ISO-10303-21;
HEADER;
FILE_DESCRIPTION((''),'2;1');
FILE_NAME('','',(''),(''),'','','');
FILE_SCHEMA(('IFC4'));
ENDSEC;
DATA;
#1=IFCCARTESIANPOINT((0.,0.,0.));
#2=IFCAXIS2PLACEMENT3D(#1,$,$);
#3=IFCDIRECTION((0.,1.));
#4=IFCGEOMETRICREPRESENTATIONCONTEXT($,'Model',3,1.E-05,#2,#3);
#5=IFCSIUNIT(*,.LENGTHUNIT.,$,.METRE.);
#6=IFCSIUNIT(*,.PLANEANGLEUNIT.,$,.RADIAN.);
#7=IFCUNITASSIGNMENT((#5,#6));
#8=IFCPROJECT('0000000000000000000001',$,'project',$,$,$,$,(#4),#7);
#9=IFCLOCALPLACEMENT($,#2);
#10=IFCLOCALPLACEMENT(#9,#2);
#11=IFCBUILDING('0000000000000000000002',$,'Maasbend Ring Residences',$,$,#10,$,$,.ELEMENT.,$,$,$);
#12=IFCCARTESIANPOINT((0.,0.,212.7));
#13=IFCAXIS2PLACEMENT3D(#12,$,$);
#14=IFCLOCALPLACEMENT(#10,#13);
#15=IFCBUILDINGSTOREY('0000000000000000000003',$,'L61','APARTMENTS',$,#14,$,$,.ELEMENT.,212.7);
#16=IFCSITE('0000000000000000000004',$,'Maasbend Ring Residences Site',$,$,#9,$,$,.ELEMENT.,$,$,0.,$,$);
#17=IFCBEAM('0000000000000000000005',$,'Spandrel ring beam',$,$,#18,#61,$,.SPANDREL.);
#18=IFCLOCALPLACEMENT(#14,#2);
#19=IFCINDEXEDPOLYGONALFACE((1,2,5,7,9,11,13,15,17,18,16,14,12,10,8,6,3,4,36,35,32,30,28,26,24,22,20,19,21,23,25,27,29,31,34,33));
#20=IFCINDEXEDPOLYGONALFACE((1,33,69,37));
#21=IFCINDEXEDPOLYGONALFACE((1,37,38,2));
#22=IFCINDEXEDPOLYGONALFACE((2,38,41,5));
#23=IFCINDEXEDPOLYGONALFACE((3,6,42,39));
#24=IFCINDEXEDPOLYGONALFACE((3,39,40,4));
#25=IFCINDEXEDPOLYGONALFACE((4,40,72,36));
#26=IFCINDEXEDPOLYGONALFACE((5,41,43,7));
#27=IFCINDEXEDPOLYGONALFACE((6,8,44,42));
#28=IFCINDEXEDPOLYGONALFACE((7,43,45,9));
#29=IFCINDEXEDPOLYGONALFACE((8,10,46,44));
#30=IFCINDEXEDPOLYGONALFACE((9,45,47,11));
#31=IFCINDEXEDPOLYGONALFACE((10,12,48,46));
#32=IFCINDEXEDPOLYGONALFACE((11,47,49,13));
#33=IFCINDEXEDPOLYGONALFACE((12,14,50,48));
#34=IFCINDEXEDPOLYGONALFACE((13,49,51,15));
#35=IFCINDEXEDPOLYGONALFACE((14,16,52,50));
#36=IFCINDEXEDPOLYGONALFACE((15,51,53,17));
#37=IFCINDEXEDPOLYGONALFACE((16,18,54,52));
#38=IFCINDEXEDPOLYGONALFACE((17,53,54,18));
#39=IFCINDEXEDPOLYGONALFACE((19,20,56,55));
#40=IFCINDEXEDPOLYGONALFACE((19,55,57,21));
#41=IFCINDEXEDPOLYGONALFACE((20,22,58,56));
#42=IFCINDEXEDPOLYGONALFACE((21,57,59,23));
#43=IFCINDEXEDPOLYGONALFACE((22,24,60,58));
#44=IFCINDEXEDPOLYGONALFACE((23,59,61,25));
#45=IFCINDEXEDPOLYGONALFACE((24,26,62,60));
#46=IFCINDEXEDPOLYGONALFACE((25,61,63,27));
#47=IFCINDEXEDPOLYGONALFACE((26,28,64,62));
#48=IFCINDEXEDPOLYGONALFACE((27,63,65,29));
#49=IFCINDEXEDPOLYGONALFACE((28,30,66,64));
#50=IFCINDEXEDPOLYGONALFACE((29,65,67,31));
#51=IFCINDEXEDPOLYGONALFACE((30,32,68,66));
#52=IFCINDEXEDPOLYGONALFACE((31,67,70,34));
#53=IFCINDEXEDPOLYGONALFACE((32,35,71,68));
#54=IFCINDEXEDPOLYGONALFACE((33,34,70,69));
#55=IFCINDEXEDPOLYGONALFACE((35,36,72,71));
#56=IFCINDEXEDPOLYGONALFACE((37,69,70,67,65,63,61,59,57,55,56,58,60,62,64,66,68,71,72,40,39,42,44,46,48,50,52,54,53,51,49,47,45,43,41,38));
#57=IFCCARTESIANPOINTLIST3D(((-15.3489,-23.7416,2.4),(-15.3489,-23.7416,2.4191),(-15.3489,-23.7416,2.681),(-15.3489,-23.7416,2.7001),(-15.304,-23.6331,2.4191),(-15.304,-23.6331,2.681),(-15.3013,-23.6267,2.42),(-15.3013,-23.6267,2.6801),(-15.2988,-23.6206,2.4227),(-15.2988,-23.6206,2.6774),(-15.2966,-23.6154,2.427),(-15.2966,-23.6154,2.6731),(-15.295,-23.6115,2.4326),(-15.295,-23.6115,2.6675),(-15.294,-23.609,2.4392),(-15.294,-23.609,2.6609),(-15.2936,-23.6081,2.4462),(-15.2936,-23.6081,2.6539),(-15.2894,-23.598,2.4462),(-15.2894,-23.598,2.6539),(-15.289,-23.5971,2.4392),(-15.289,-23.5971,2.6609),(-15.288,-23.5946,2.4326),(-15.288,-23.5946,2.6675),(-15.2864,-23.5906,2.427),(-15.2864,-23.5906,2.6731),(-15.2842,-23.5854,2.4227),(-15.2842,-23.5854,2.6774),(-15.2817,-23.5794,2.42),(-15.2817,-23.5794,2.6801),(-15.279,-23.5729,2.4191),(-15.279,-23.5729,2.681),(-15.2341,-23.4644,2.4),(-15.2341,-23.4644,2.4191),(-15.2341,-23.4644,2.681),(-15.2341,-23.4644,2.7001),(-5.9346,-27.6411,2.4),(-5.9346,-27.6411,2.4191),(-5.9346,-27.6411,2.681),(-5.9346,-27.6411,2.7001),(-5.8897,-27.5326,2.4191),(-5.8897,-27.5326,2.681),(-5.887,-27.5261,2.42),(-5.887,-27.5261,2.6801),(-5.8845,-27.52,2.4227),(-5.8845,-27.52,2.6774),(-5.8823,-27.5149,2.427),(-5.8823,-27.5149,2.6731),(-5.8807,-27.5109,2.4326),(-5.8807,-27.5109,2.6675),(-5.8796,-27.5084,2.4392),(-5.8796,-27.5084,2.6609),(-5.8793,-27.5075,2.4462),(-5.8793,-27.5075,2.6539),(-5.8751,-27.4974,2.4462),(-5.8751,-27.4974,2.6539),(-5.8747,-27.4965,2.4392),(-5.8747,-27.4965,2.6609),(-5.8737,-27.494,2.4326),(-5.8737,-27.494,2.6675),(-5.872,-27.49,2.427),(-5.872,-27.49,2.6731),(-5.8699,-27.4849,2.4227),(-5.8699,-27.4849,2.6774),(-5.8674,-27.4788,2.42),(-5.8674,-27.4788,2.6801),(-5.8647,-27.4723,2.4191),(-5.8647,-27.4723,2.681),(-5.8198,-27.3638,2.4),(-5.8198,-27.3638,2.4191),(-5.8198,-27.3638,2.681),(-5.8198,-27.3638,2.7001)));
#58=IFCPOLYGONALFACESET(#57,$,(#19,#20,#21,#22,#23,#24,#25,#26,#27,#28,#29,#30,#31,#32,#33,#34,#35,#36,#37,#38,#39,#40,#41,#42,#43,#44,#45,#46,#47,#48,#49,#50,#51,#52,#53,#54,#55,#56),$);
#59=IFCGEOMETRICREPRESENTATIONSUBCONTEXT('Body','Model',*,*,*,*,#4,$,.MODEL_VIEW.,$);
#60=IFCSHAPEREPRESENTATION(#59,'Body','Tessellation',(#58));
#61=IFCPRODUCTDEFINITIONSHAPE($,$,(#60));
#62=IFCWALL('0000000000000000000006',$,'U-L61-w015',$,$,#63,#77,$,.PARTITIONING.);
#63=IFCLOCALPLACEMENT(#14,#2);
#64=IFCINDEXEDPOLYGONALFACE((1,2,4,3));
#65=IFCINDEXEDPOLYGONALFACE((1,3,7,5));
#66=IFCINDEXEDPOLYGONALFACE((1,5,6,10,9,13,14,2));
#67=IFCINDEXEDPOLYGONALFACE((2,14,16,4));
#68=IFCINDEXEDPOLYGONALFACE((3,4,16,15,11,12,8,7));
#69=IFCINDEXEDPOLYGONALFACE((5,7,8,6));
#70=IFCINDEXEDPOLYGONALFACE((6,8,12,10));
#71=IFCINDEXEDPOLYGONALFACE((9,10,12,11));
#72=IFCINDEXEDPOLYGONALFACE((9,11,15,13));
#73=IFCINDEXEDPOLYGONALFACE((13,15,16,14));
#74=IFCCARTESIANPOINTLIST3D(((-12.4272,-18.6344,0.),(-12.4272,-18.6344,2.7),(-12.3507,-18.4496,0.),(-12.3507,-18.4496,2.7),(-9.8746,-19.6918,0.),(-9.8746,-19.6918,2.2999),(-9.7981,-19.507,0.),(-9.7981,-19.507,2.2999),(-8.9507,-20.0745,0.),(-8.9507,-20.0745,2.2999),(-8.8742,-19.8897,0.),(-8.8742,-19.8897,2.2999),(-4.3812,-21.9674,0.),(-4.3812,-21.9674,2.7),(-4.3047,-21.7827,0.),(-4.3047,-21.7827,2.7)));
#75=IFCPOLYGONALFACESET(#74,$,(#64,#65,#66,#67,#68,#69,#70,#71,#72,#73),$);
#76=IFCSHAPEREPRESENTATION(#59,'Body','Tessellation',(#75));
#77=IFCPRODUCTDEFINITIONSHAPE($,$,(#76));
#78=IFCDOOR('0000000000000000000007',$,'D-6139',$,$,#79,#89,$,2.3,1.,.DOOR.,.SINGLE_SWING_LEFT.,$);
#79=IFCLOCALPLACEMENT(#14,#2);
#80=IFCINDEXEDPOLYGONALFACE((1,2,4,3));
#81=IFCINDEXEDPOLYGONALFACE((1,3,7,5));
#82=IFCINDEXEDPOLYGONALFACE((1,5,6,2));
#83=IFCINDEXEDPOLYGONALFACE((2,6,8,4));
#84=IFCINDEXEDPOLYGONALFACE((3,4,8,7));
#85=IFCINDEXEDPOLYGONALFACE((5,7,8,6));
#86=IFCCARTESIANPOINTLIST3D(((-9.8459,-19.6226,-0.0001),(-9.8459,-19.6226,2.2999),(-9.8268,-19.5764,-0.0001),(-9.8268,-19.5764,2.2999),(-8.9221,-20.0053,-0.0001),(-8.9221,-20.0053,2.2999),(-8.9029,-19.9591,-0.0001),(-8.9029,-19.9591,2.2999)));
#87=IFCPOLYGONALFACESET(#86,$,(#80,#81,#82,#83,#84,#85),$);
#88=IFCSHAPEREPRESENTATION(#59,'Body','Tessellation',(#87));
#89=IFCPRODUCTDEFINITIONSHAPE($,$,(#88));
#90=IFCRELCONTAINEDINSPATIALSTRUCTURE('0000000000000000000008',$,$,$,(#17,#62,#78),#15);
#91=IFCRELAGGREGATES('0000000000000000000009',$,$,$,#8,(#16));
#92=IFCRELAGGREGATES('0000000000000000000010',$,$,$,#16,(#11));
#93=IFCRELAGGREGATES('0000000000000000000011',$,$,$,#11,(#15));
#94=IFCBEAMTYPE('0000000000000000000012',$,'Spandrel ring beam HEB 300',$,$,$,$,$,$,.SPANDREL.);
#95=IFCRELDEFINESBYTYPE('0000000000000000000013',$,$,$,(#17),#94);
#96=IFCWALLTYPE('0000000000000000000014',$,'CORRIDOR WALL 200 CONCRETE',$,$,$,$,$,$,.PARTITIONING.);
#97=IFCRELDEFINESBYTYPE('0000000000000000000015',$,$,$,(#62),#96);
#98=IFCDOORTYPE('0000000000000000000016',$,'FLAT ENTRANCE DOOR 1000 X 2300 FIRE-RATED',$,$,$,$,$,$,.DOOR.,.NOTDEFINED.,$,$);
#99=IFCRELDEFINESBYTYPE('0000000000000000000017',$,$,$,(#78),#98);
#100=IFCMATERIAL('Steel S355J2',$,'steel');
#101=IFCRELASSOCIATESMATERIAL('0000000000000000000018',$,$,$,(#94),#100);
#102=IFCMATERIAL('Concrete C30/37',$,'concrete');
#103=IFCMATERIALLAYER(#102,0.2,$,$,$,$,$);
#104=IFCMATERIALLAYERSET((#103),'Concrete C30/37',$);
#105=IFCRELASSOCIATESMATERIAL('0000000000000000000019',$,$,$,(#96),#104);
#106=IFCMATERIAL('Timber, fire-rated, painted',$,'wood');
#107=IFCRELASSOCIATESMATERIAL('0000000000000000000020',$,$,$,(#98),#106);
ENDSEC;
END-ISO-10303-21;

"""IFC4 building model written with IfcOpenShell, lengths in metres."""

from ifc_helpers import new_model, si_unit, direction, frame, frame_2d, origin, origin_2d, place, context, subcontext, project, spatial, rectangle, i_section, extrude, material, layer, layer_set, material_profile, profile_set, type_object, element, fill, save


model = new_model("IFC4")

# Units and contexts
model_context = context("Model", 3, precision=1e-05, world=origin(), true_north=direction((0.0, 1.0)))
body_context = subcontext(model_context, "Body", "Model", "MODEL_VIEW")
ifc_project = project(units=[si_unit("LENGTHUNIT", "METRE"), si_unit("PLANEANGLEUNIT", "RADIAN")], contexts=[model_context])

# Site, building, storey
site_placement = place(None, origin())
site = spatial("IfcSite", under=ifc_project, at=site_placement, Name="Maasbend Ring Residences Site", CompositionType="ELEMENT", RefElevation=0.0)
building_placement = place(site_placement, origin())
building = spatial("IfcBuilding", under=site, at=building_placement, Name="Maasbend Ring Residences", CompositionType="ELEMENT")
storey_placement = place(building_placement, frame((0.0, 0.0, 212.7)))
storey = spatial("IfcBuildingStorey", under=building, at=storey_placement, Name="L61", Description="APARTMENTS", CompositionType="ELEMENT", Elevation=212.7)

# Beam
ifc_material_1 = material(Name="Steel S355J2", Category="steel")
ifc_material_profile_1 = material_profile(ifc_material_1, i_section(OverallWidth=0.3, OverallDepth=0.3, WebThickness=0.011, FlangeThickness=0.019, FilletRadius=0.0271, at=origin_2d()), Name="HEB 300")
ifc_profile_set_1 = profile_set([ifc_material_profile_1], Name="Steel S355J2")
beam_type_1 = type_object("IfcBeamType", Name="Spandrel ring beam HEB 300", PredefinedType="SPANDREL", material=ifc_profile_set_1)
beam_1_placement = place(storey_placement, frame((-15.2915, -23.603, 2.55), z_axis=(0.923884, -0.382673, 0.0), x_axis=(0.382673, 0.923884, 0.0)))
element("IfcBeam", 1, at=beam_1_placement, inside=storey, type_object=beam_type_1, Name="Spandrel ring beam", PredefinedType="SPANDREL", context=body_context, shape_type="SweptSolid", body=[
    extrude(i_section(OverallWidth=0.3, OverallDepth=0.3, WebThickness=0.011, FlangeThickness=0.019, FilletRadius=0.0271, at=origin_2d()), origin(), (0.0, 0.0, 1.0), 10.1899),
])

# Wall, opening, door
ifc_material_2 = material(Name="Concrete C30/37", Category="concrete")
ifc_layer_1 = layer(ifc_material_2, 0.2)
ifc_layer_set_1 = layer_set([ifc_layer_1], Name="Concrete C30/37")
wall_type_1 = type_object("IfcWallType", Name="CORRIDOR WALL 200 CONCRETE", PredefinedType="PARTITIONING", material=ifc_layer_set_1)
wall_1_placement = place(storey_placement, frame((-12.3889, -18.542, 0.0), z_axis=(0.0, 0.0, 1.0), x_axis=(0.923868, -0.382712, 0.0)))
wall_1 = element("IfcWall", 2, at=wall_1_placement, inside=storey, type_object=wall_type_1, Name="U-L61-w015", PredefinedType="PARTITIONING", context=body_context, shape_type="SweptSolid", body=[
    extrude(rectangle(XDim=8.709, YDim=0.2, at=frame_2d((4.3545, 0.0))), origin(), (0.0, 0.0, 1.0), 2.7),
])
opening_1_placement = place(wall_1_placement, frame((2.7629, 0.0, 0.0)))
opening_1 = element("IfcOpeningElement", 3, at=opening_1_placement, cuts=wall_1, PredefinedType="OPENING", context=body_context, shape_type="SweptSolid", body=[
    extrude(rectangle(XDim=1.0, YDim=2.3, at=frame_2d((0.5, 1.1499))), frame((0.0, 0.1099, 0.0), z_axis=(0.0, -1.0, 0.0), x_axis=(1.0, 0.0, 0.0)), (0.0, 0.0, 1.0), 0.22),
])
ifc_material_3 = material(Name="Timber, fire-rated, painted", Category="wood")
door_type_1 = type_object("IfcDoorType", Name="FLAT ENTRANCE DOOR 1000 X 2300 FIRE-RATED", OperationType="NOTDEFINED", PredefinedType="DOOR", material=ifc_material_3)
door_1_placement = place(opening_1_placement, origin())
door_1 = element("IfcDoor", 4, at=door_1_placement, inside=storey, type_object=door_type_1, Name="D-6139", OperationType="SINGLE_SWING_LEFT", OverallHeight=2.3, OverallWidth=1.0, PredefinedType="DOOR", context=body_context, shape_type="SweptSolid", body=[
    extrude(rectangle(XDim=1.0, YDim=2.3, at=frame_2d((0.5, 1.1499))), frame((0.0, 0.0249, 0.0), z_axis=(0.0, -1.0, 0.0), x_axis=(1.0, 0.0, 0.0)), (0.0, 0.0, 1.0), 0.05),
])
fill(opening_1, door_1)

save(model, "model.ifc")
